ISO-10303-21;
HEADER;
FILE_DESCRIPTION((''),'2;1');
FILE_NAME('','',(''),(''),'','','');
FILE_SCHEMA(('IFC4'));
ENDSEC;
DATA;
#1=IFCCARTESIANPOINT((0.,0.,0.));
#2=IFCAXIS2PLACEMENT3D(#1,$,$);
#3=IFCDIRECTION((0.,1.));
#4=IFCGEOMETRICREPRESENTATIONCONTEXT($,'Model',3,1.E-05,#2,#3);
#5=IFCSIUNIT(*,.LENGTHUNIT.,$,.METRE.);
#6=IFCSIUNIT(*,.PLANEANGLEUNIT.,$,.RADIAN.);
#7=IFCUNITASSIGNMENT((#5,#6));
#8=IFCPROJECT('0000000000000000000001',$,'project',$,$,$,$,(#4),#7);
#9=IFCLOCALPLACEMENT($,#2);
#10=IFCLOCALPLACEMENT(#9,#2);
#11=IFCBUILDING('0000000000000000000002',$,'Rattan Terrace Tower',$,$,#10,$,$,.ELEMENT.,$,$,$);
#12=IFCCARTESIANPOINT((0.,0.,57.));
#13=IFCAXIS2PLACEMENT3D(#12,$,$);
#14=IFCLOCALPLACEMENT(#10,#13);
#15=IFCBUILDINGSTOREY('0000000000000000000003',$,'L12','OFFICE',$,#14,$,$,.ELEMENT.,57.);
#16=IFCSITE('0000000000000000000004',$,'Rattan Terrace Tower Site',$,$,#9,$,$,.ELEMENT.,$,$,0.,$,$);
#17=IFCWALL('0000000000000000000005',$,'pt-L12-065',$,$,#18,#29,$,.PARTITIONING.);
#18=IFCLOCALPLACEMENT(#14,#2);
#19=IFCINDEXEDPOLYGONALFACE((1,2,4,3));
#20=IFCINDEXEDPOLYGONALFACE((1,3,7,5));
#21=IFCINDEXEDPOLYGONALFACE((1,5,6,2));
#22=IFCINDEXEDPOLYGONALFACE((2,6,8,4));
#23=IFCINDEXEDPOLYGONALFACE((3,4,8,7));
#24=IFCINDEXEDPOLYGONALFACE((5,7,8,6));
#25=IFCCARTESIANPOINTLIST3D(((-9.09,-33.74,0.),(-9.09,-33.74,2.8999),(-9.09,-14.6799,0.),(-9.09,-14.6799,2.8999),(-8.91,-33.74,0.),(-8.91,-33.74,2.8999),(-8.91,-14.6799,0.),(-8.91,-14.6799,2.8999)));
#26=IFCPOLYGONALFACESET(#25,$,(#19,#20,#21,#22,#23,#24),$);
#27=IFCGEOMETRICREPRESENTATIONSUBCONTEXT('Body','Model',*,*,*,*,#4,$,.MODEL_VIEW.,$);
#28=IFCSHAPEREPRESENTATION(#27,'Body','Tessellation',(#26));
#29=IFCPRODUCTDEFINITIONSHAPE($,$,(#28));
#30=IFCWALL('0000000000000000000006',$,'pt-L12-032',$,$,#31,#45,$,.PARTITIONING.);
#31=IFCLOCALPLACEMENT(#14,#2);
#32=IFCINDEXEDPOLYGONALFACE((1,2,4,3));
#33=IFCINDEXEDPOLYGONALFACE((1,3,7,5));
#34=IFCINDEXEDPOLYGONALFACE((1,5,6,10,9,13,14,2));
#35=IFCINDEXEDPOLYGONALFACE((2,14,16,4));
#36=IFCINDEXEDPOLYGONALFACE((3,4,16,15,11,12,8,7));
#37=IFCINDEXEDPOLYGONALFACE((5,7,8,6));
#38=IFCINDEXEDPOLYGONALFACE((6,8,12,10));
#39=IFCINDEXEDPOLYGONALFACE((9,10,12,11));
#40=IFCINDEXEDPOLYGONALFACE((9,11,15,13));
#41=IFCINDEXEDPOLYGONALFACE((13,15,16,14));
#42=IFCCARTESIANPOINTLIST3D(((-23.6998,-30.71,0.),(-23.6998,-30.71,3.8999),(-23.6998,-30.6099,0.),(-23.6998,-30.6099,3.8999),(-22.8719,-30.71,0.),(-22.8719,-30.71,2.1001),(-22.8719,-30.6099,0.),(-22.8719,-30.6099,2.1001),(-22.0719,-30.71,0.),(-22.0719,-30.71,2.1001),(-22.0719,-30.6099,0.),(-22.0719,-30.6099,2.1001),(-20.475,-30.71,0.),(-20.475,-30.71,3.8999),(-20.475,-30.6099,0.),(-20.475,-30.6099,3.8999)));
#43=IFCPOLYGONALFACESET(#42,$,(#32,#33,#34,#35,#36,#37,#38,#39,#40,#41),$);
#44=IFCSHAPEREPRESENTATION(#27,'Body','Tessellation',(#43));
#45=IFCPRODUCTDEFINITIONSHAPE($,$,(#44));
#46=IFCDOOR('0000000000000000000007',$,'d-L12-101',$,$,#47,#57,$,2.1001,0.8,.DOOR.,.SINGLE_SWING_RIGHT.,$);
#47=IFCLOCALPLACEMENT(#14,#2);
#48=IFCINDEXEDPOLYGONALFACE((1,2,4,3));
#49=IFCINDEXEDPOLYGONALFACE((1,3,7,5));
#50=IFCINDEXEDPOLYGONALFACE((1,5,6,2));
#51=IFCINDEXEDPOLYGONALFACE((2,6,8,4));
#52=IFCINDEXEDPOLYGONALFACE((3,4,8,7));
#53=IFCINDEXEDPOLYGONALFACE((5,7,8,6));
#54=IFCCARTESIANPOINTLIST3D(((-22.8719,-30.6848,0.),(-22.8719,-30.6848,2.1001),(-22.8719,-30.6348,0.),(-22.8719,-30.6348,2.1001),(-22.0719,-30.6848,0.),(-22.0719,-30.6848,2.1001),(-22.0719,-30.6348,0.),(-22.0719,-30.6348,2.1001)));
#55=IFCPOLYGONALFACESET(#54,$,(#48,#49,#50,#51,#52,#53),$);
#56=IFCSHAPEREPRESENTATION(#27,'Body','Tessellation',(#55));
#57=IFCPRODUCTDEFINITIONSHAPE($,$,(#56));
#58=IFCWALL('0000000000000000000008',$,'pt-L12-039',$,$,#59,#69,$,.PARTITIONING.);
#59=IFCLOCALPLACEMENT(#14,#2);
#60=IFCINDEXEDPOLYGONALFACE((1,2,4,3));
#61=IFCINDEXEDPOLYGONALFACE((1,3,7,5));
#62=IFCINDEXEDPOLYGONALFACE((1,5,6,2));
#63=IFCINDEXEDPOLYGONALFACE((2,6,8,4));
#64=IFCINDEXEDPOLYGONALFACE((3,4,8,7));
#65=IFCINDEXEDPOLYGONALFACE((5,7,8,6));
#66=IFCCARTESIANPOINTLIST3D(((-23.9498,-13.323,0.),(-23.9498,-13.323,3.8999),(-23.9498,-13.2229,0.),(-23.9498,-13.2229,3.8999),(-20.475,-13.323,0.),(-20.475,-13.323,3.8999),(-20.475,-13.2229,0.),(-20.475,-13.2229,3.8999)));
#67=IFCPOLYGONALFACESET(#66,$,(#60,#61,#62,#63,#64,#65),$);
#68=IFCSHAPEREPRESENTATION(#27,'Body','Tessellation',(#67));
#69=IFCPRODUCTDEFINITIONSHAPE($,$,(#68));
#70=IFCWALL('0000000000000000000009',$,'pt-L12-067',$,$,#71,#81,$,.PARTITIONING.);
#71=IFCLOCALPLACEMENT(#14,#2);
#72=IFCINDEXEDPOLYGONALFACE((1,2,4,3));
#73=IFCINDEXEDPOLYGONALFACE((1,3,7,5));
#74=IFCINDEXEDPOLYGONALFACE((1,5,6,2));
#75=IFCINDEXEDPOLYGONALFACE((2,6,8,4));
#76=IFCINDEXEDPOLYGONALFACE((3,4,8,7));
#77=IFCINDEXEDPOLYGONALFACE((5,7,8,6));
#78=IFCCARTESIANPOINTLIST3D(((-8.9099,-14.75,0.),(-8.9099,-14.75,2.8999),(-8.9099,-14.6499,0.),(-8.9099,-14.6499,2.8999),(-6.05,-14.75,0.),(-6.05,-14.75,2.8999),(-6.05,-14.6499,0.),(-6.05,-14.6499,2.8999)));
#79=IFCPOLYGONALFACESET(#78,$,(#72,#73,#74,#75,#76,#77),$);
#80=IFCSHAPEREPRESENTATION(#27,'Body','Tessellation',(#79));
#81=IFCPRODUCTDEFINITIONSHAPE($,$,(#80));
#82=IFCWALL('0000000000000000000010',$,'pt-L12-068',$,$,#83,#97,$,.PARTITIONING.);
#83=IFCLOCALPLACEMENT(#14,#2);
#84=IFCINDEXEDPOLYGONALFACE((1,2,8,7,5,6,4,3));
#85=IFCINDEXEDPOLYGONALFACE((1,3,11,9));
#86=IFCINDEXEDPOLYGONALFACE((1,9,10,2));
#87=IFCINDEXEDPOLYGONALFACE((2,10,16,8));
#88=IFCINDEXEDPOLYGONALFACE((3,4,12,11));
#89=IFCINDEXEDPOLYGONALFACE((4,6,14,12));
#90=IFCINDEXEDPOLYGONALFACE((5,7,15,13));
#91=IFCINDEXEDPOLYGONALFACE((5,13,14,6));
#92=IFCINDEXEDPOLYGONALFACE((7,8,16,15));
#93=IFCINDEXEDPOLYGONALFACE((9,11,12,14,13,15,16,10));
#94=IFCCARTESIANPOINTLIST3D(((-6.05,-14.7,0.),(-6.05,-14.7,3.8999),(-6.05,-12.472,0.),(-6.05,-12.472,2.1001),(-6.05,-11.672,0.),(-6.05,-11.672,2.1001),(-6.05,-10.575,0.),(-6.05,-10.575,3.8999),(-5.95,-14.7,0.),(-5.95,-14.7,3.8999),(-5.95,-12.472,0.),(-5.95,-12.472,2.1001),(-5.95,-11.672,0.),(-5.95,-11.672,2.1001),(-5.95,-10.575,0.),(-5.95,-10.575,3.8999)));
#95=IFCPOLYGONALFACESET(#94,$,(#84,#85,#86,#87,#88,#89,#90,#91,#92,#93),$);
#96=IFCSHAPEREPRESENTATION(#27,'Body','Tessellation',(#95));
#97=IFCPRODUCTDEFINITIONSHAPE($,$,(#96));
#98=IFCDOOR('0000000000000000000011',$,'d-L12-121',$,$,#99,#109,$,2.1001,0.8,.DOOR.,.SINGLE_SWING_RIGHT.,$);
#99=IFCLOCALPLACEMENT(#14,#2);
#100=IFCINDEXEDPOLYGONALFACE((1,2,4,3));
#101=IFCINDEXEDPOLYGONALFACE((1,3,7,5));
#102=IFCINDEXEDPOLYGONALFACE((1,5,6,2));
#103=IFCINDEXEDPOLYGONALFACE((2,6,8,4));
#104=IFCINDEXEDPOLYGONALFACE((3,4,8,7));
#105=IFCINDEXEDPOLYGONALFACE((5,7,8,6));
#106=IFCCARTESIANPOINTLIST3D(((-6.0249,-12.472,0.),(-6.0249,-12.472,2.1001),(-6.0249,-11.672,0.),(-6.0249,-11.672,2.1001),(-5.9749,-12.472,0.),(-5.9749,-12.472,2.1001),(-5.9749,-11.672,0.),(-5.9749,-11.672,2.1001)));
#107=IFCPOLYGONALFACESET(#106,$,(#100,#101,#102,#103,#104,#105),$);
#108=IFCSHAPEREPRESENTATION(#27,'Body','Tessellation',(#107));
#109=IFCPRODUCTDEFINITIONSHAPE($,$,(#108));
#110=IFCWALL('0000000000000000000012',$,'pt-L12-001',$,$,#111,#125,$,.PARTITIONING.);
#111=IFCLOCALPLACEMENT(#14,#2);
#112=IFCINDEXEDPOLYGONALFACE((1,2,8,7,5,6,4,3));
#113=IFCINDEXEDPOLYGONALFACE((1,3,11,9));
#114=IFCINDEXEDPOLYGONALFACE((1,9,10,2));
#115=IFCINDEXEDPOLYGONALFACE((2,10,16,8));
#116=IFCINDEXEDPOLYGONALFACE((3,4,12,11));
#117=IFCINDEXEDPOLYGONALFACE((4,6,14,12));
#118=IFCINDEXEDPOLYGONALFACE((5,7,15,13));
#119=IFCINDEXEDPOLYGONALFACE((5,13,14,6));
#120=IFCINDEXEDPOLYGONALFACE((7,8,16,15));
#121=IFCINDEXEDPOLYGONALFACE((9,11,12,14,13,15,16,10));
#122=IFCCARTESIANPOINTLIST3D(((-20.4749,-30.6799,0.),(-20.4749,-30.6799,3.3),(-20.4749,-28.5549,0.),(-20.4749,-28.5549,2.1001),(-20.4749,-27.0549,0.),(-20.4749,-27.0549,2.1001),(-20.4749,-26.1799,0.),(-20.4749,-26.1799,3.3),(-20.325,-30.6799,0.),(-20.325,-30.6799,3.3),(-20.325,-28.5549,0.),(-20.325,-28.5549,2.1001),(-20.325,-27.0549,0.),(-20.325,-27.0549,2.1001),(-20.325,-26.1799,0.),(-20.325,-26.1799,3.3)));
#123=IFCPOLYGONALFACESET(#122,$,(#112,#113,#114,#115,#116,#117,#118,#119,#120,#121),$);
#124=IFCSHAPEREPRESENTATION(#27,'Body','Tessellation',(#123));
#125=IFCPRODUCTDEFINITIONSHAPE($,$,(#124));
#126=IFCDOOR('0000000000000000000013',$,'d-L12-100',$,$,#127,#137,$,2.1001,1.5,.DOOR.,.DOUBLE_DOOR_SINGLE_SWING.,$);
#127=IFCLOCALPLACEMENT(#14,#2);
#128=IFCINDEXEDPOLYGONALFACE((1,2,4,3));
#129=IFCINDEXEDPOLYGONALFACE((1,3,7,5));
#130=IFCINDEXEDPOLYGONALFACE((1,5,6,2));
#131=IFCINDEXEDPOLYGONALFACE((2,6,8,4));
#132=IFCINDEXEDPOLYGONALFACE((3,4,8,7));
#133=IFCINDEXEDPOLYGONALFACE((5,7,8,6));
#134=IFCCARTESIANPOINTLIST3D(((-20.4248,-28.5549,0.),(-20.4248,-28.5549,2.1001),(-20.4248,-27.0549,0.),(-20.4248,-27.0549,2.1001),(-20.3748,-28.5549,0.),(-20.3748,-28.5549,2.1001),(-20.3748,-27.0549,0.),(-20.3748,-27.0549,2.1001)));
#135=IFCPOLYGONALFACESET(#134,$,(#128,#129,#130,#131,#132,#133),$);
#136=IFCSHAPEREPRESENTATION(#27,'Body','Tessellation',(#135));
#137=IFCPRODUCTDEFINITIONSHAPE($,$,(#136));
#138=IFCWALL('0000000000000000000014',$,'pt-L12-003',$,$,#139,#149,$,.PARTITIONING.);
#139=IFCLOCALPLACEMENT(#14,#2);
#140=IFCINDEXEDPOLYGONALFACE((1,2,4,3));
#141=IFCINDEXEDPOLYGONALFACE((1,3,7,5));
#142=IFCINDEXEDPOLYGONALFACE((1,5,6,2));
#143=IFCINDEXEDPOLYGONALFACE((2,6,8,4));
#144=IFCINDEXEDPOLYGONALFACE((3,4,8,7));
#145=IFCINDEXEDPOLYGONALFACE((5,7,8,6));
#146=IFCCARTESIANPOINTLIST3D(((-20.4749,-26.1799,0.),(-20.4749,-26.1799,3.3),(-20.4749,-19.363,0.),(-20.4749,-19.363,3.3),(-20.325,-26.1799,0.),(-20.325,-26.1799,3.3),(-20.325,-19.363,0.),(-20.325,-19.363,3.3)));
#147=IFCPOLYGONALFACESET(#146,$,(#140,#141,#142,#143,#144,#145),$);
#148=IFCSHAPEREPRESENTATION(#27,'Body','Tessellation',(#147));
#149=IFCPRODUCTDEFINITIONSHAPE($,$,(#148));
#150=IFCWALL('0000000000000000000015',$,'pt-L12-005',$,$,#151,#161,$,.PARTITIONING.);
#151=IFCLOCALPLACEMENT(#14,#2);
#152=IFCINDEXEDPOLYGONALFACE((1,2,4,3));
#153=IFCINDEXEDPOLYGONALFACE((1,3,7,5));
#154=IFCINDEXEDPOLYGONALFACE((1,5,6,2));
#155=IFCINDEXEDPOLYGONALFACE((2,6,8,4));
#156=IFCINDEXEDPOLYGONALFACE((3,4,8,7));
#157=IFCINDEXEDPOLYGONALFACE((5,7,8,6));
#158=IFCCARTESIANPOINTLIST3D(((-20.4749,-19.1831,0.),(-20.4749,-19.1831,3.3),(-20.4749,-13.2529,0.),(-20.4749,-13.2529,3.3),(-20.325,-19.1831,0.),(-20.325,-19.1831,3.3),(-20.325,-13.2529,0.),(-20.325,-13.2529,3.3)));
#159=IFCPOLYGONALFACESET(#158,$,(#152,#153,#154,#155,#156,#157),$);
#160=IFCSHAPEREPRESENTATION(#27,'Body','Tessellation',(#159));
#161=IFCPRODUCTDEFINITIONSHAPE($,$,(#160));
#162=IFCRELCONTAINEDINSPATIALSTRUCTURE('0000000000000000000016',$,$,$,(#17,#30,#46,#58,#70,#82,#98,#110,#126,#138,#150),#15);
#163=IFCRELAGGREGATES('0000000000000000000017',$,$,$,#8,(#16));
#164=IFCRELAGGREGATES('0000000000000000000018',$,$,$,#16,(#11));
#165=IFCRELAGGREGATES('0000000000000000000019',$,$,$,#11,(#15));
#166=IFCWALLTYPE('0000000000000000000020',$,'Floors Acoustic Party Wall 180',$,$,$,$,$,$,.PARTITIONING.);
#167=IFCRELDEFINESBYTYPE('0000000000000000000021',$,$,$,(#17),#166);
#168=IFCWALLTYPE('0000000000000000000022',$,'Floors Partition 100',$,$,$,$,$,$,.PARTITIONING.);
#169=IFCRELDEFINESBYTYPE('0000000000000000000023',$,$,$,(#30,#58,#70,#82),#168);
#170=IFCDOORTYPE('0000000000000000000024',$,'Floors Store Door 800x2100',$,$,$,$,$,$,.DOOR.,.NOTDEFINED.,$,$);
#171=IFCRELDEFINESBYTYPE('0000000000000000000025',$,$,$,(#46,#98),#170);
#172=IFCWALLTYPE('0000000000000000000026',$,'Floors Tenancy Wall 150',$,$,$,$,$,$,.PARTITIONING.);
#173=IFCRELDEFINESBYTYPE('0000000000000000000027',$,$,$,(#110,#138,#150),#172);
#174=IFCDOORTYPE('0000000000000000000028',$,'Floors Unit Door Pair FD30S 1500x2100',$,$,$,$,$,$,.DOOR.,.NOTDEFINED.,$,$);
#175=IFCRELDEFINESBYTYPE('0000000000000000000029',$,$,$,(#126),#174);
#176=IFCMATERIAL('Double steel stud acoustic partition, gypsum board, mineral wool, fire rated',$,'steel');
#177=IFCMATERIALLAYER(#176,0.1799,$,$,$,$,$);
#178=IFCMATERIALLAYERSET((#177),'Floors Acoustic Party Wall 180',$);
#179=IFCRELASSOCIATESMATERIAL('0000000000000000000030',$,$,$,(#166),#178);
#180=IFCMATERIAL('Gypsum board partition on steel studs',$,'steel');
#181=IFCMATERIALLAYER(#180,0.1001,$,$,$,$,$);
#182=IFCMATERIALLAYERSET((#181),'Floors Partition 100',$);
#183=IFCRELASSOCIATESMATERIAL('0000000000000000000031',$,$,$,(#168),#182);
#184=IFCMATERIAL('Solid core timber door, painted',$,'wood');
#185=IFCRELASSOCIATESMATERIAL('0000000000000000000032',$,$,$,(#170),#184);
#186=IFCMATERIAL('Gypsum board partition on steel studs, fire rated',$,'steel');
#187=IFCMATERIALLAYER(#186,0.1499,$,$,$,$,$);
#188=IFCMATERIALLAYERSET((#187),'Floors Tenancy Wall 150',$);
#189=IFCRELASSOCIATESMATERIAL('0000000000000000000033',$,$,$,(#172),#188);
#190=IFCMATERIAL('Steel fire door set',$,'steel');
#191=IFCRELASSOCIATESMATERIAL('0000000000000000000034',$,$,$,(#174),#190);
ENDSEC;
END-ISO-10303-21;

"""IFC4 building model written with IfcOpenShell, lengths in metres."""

from ifc_helpers import new_model, si_unit, direction, frame, frame_2d, origin, place, context, subcontext, project, spatial, rectangle, extrude, material, layer, layer_set, type_object, element, fill, save


model = new_model("IFC4")

# Units and contexts
model_context = context("Model", 3, precision=1e-05, world=origin(), true_north=direction((0.0, 1.0)))
body_context = subcontext(model_context, "Body", "Model", "MODEL_VIEW")
ifc_project = project(units=[si_unit("LENGTHUNIT", "METRE"), si_unit("PLANEANGLEUNIT", "RADIAN")], contexts=[model_context])

# Site, building, storey
site_placement = place(None, origin())
site = spatial("IfcSite", under=ifc_project, at=site_placement, Name="Rattan Terrace Tower Site", CompositionType="ELEMENT", RefElevation=0.0)
building_placement = place(site_placement, origin())
building = spatial("IfcBuilding", under=site, at=building_placement, Name="Rattan Terrace Tower", CompositionType="ELEMENT")
storey_placement = place(building_placement, frame((0.0, 0.0, 57.0)))
storey = spatial("IfcBuildingStorey", under=building, at=storey_placement, Name="L12", Description="OFFICE", CompositionType="ELEMENT", Elevation=57.0)

# Wall
ifc_material_1 = material(Name="Double steel stud acoustic partition, gypsum board, mineral wool, fire rated", Category="steel")
ifc_layer_1 = layer(ifc_material_1, 0.1799)
ifc_layer_set_1 = layer_set([ifc_layer_1], Name="Floors Acoustic Party Wall 180")
wall_type_1 = type_object("IfcWallType", Name="Floors Acoustic Party Wall 180", PredefinedType="PARTITIONING", material=ifc_layer_set_1)
wall_1_placement = place(storey_placement, frame((-9.0, -14.6799, 0.0), z_axis=(0.0, 0.0, 1.0), x_axis=(0.0, -1.0, 0.0)))
element("IfcWall", 1, at=wall_1_placement, inside=storey, type_object=wall_type_1, Name="pt-L12-065", PredefinedType="PARTITIONING", context=body_context, shape_type="SweptSolid", body=[
    extrude(rectangle(XDim=19.0601, YDim=0.1799, at=frame_2d((9.53, 0.0))), origin(), (0.0, 0.0, 1.0), 2.8999),
])

# Wall, opening, door
ifc_material_2 = material(Name="Gypsum board partition on steel studs", Category="steel")
ifc_layer_2 = layer(ifc_material_2, 0.1001)
ifc_layer_set_2 = layer_set([ifc_layer_2], Name="Floors Partition 100")
wall_type_2 = type_object("IfcWallType", Name="Floors Partition 100", PredefinedType="PARTITIONING", material=ifc_layer_set_2)
wall_2_placement = place(storey_placement, frame((-20.4751, -30.6599, 0.0), z_axis=(0.0, 0.0, 1.0), x_axis=(-1.0, 0.0, 0.0)))
wall_2 = element("IfcWall", 2, at=wall_2_placement, inside=storey, type_object=wall_type_2, Name="pt-L12-032", PredefinedType="PARTITIONING", context=body_context, shape_type="SweptSolid", body=[
    extrude(rectangle(XDim=3.2249, YDim=0.1001, at=frame_2d((1.6123, 0.0))), origin(), (0.0, 0.0, 1.0), 3.8999),
])
opening_1_placement = place(wall_2_placement, frame((1.5969, 0.0, 0.0)))
opening_1 = element("IfcOpeningElement", 3, at=opening_1_placement, cuts=wall_2, PredefinedType="OPENING", context=body_context, shape_type="SweptSolid", body=[
    extrude(rectangle(XDim=0.8, YDim=2.1001, at=frame_2d((0.3999, 1.05))), frame((0.0, 0.0605, 0.0), z_axis=(0.0, -1.0, 0.0), x_axis=(1.0, 0.0, 0.0)), (0.0, 0.0, 1.0), 0.1211),
])
ifc_material_3 = material(Name="Solid core timber door, painted", Category="wood")
door_type_1 = type_object("IfcDoorType", Name="Floors Store Door 800x2100", OperationType="NOTDEFINED", PredefinedType="DOOR", material=ifc_material_3)
door_1_placement = place(opening_1_placement, origin())
door_1 = element("IfcDoor", 4, at=door_1_placement, inside=storey, type_object=door_type_1, Name="d-L12-101", OperationType="SINGLE_SWING_RIGHT", OverallHeight=2.1001, OverallWidth=0.8, PredefinedType="DOOR", context=body_context, shape_type="SweptSolid", body=[
    extrude(rectangle(XDim=0.8, YDim=2.1001, at=frame_2d((0.3999, 1.05))), frame((0.0, 0.0249, 0.0), z_axis=(0.0, -1.0, 0.0), x_axis=(1.0, 0.0, 0.0)), (0.0, 0.0, 1.0), 0.05),
])
fill(opening_1, door_1)

# Walls
wall_3_placement = place(storey_placement, frame((-20.4751, -13.2729, 0.0), z_axis=(0.0, 0.0, 1.0), x_axis=(-1.0, 0.0, 0.0)))
element("IfcWall", 5, at=wall_3_placement, inside=storey, type_object=wall_type_2, Name="pt-L12-039", PredefinedType="PARTITIONING", context=body_context, shape_type="SweptSolid", body=[
    extrude(rectangle(XDim=3.4749, YDim=0.1001, at=frame_2d((1.7373, 0.0))), origin(), (0.0, 0.0, 1.0), 3.8999),
])
wall_4_placement = place(storey_placement, frame((-8.9099, -14.7, 0.0), z_axis=(0.0, 0.0, 1.0), x_axis=(1.0, 0.0, 0.0)))
element("IfcWall", 6, at=wall_4_placement, inside=storey, type_object=wall_type_2, Name="pt-L12-067", PredefinedType="PARTITIONING", context=body_context, shape_type="SweptSolid", body=[
    extrude(rectangle(XDim=2.8599, YDim=0.1001, at=frame_2d((1.4299, 0.0))), origin(), (0.0, 0.0, 1.0), 2.8999),
])

# Walls, openings, doors
wall_5_placement = place(storey_placement, frame((-6.0, -14.7, 0.0), z_axis=(0.0, 0.0, 1.0), x_axis=(0.0, 1.0, 0.0)))
wall_5 = element("IfcWall", 7, at=wall_5_placement, inside=storey, type_object=wall_type_2, Name="pt-L12-068", PredefinedType="PARTITIONING", context=body_context, shape_type="SweptSolid", body=[
    extrude(rectangle(XDim=4.125, YDim=0.1001, at=frame_2d((2.0625, 0.0))), origin(), (0.0, 0.0, 1.0), 3.8999),
])
opening_2_placement = place(wall_5_placement, frame((2.228, 0.0, 0.0)))
opening_2 = element("IfcOpeningElement", 8, at=opening_2_placement, cuts=wall_5, PredefinedType="OPENING", context=body_context, shape_type="SweptSolid", body=[
    extrude(rectangle(XDim=0.8, YDim=2.1001, at=frame_2d((0.3999, 1.05))), frame((0.0, 0.0605, 0.0), z_axis=(0.0, -1.0, 0.0), x_axis=(1.0, 0.0, 0.0)), (0.0, 0.0, 1.0), 0.1211),
])
door_2_placement = place(opening_2_placement, origin())
door_2 = element("IfcDoor", 9, at=door_2_placement, inside=storey, type_object=door_type_1, Name="d-L12-121", OperationType="SINGLE_SWING_RIGHT", OverallHeight=2.1001, OverallWidth=0.8, PredefinedType="DOOR", context=body_context, shape_type="SweptSolid", body=[
    extrude(rectangle(XDim=0.8, YDim=2.1001, at=frame_2d((0.3999, 1.05))), frame((0.0, 0.0249, 0.0), z_axis=(0.0, -1.0, 0.0), x_axis=(1.0, 0.0, 0.0)), (0.0, 0.0, 1.0), 0.05),
])
fill(opening_2, door_2)
ifc_material_4 = material(Name="Gypsum board partition on steel studs, fire rated", Category="steel")
ifc_layer_3 = layer(ifc_material_4, 0.1499)
ifc_layer_set_3 = layer_set([ifc_layer_3], Name="Floors Tenancy Wall 150")
wall_type_3 = type_object("IfcWallType", Name="Floors Tenancy Wall 150", PredefinedType="PARTITIONING", material=ifc_layer_set_3)
wall_6_placement = place(storey_placement, frame((-20.3999, -30.6799, 0.0), z_axis=(0.0, 0.0, 1.0), x_axis=(0.0, 1.0, 0.0)))
wall_6 = element("IfcWall", 10, at=wall_6_placement, inside=storey, type_object=wall_type_3, Name="pt-L12-001", PredefinedType="PARTITIONING", context=body_context, shape_type="SweptSolid", body=[
    extrude(rectangle(XDim=4.5, YDim=0.1499, at=frame_2d((2.25, 0.0))), origin(), (0.0, 0.0, 1.0), 3.3),
])
opening_3_placement = place(wall_6_placement, frame((2.125, 0.0, 0.0)))
opening_3 = element("IfcOpeningElement", 11, at=opening_3_placement, cuts=wall_6, PredefinedType="OPENING", context=body_context, shape_type="SweptSolid", body=[
    extrude(rectangle(XDim=1.5, YDim=2.1001, at=frame_2d((0.75, 1.05))), frame((0.0, 0.0854, 0.0), z_axis=(0.0, -1.0, 0.0), x_axis=(1.0, 0.0, 0.0)), (0.0, 0.0, 1.0), 0.1709),
])
ifc_material_5 = material(Name="Steel fire door set", Category="steel")
door_type_2 = type_object("IfcDoorType", Name="Floors Unit Door Pair FD30S 1500x2100", OperationType="NOTDEFINED", PredefinedType="DOOR", material=ifc_material_5)
door_3_placement = place(opening_3_placement, origin())
door_3 = element("IfcDoor", 12, at=door_3_placement, inside=storey, type_object=door_type_2, Name="d-L12-100", OperationType="DOUBLE_DOOR_SINGLE_SWING", OverallHeight=2.1001, OverallWidth=1.5, PredefinedType="DOOR", context=body_context, shape_type="SweptSolid", body=[
    extrude(rectangle(XDim=1.5, YDim=2.1001, at=frame_2d((0.75, 1.05))), frame((0.0, 0.0249, 0.0), z_axis=(0.0, -1.0, 0.0), x_axis=(1.0, 0.0, 0.0)), (0.0, 0.0, 1.0), 0.05),
])
fill(opening_3, door_3)

# Walls
wall_7_placement = place(storey_placement, frame((-20.3999, -26.1799, 0.0), z_axis=(0.0, 0.0, 1.0), x_axis=(0.0, 1.0, 0.0)))
element("IfcWall", 13, at=wall_7_placement, inside=storey, type_object=wall_type_3, Name="pt-L12-003", PredefinedType="PARTITIONING", context=body_context, shape_type="SweptSolid", body=[
    extrude(rectangle(XDim=6.8169, YDim=0.1499, at=frame_2d((3.4084, 0.0))), origin(), (0.0, 0.0, 1.0), 3.3),
])
wall_8_placement = place(storey_placement, frame((-20.3999, -19.1831, 0.0), z_axis=(0.0, 0.0, 1.0), x_axis=(0.0, 1.0, 0.0)))
element("IfcWall", 14, at=wall_8_placement, inside=storey, type_object=wall_type_3, Name="pt-L12-005", PredefinedType="PARTITIONING", context=body_context, shape_type="SweptSolid", body=[
    extrude(rectangle(XDim=5.9302, YDim=0.1499, at=frame_2d((2.9651, 0.0))), origin(), (0.0, 0.0, 1.0), 3.3),
])

save(model, "model.ifc")
